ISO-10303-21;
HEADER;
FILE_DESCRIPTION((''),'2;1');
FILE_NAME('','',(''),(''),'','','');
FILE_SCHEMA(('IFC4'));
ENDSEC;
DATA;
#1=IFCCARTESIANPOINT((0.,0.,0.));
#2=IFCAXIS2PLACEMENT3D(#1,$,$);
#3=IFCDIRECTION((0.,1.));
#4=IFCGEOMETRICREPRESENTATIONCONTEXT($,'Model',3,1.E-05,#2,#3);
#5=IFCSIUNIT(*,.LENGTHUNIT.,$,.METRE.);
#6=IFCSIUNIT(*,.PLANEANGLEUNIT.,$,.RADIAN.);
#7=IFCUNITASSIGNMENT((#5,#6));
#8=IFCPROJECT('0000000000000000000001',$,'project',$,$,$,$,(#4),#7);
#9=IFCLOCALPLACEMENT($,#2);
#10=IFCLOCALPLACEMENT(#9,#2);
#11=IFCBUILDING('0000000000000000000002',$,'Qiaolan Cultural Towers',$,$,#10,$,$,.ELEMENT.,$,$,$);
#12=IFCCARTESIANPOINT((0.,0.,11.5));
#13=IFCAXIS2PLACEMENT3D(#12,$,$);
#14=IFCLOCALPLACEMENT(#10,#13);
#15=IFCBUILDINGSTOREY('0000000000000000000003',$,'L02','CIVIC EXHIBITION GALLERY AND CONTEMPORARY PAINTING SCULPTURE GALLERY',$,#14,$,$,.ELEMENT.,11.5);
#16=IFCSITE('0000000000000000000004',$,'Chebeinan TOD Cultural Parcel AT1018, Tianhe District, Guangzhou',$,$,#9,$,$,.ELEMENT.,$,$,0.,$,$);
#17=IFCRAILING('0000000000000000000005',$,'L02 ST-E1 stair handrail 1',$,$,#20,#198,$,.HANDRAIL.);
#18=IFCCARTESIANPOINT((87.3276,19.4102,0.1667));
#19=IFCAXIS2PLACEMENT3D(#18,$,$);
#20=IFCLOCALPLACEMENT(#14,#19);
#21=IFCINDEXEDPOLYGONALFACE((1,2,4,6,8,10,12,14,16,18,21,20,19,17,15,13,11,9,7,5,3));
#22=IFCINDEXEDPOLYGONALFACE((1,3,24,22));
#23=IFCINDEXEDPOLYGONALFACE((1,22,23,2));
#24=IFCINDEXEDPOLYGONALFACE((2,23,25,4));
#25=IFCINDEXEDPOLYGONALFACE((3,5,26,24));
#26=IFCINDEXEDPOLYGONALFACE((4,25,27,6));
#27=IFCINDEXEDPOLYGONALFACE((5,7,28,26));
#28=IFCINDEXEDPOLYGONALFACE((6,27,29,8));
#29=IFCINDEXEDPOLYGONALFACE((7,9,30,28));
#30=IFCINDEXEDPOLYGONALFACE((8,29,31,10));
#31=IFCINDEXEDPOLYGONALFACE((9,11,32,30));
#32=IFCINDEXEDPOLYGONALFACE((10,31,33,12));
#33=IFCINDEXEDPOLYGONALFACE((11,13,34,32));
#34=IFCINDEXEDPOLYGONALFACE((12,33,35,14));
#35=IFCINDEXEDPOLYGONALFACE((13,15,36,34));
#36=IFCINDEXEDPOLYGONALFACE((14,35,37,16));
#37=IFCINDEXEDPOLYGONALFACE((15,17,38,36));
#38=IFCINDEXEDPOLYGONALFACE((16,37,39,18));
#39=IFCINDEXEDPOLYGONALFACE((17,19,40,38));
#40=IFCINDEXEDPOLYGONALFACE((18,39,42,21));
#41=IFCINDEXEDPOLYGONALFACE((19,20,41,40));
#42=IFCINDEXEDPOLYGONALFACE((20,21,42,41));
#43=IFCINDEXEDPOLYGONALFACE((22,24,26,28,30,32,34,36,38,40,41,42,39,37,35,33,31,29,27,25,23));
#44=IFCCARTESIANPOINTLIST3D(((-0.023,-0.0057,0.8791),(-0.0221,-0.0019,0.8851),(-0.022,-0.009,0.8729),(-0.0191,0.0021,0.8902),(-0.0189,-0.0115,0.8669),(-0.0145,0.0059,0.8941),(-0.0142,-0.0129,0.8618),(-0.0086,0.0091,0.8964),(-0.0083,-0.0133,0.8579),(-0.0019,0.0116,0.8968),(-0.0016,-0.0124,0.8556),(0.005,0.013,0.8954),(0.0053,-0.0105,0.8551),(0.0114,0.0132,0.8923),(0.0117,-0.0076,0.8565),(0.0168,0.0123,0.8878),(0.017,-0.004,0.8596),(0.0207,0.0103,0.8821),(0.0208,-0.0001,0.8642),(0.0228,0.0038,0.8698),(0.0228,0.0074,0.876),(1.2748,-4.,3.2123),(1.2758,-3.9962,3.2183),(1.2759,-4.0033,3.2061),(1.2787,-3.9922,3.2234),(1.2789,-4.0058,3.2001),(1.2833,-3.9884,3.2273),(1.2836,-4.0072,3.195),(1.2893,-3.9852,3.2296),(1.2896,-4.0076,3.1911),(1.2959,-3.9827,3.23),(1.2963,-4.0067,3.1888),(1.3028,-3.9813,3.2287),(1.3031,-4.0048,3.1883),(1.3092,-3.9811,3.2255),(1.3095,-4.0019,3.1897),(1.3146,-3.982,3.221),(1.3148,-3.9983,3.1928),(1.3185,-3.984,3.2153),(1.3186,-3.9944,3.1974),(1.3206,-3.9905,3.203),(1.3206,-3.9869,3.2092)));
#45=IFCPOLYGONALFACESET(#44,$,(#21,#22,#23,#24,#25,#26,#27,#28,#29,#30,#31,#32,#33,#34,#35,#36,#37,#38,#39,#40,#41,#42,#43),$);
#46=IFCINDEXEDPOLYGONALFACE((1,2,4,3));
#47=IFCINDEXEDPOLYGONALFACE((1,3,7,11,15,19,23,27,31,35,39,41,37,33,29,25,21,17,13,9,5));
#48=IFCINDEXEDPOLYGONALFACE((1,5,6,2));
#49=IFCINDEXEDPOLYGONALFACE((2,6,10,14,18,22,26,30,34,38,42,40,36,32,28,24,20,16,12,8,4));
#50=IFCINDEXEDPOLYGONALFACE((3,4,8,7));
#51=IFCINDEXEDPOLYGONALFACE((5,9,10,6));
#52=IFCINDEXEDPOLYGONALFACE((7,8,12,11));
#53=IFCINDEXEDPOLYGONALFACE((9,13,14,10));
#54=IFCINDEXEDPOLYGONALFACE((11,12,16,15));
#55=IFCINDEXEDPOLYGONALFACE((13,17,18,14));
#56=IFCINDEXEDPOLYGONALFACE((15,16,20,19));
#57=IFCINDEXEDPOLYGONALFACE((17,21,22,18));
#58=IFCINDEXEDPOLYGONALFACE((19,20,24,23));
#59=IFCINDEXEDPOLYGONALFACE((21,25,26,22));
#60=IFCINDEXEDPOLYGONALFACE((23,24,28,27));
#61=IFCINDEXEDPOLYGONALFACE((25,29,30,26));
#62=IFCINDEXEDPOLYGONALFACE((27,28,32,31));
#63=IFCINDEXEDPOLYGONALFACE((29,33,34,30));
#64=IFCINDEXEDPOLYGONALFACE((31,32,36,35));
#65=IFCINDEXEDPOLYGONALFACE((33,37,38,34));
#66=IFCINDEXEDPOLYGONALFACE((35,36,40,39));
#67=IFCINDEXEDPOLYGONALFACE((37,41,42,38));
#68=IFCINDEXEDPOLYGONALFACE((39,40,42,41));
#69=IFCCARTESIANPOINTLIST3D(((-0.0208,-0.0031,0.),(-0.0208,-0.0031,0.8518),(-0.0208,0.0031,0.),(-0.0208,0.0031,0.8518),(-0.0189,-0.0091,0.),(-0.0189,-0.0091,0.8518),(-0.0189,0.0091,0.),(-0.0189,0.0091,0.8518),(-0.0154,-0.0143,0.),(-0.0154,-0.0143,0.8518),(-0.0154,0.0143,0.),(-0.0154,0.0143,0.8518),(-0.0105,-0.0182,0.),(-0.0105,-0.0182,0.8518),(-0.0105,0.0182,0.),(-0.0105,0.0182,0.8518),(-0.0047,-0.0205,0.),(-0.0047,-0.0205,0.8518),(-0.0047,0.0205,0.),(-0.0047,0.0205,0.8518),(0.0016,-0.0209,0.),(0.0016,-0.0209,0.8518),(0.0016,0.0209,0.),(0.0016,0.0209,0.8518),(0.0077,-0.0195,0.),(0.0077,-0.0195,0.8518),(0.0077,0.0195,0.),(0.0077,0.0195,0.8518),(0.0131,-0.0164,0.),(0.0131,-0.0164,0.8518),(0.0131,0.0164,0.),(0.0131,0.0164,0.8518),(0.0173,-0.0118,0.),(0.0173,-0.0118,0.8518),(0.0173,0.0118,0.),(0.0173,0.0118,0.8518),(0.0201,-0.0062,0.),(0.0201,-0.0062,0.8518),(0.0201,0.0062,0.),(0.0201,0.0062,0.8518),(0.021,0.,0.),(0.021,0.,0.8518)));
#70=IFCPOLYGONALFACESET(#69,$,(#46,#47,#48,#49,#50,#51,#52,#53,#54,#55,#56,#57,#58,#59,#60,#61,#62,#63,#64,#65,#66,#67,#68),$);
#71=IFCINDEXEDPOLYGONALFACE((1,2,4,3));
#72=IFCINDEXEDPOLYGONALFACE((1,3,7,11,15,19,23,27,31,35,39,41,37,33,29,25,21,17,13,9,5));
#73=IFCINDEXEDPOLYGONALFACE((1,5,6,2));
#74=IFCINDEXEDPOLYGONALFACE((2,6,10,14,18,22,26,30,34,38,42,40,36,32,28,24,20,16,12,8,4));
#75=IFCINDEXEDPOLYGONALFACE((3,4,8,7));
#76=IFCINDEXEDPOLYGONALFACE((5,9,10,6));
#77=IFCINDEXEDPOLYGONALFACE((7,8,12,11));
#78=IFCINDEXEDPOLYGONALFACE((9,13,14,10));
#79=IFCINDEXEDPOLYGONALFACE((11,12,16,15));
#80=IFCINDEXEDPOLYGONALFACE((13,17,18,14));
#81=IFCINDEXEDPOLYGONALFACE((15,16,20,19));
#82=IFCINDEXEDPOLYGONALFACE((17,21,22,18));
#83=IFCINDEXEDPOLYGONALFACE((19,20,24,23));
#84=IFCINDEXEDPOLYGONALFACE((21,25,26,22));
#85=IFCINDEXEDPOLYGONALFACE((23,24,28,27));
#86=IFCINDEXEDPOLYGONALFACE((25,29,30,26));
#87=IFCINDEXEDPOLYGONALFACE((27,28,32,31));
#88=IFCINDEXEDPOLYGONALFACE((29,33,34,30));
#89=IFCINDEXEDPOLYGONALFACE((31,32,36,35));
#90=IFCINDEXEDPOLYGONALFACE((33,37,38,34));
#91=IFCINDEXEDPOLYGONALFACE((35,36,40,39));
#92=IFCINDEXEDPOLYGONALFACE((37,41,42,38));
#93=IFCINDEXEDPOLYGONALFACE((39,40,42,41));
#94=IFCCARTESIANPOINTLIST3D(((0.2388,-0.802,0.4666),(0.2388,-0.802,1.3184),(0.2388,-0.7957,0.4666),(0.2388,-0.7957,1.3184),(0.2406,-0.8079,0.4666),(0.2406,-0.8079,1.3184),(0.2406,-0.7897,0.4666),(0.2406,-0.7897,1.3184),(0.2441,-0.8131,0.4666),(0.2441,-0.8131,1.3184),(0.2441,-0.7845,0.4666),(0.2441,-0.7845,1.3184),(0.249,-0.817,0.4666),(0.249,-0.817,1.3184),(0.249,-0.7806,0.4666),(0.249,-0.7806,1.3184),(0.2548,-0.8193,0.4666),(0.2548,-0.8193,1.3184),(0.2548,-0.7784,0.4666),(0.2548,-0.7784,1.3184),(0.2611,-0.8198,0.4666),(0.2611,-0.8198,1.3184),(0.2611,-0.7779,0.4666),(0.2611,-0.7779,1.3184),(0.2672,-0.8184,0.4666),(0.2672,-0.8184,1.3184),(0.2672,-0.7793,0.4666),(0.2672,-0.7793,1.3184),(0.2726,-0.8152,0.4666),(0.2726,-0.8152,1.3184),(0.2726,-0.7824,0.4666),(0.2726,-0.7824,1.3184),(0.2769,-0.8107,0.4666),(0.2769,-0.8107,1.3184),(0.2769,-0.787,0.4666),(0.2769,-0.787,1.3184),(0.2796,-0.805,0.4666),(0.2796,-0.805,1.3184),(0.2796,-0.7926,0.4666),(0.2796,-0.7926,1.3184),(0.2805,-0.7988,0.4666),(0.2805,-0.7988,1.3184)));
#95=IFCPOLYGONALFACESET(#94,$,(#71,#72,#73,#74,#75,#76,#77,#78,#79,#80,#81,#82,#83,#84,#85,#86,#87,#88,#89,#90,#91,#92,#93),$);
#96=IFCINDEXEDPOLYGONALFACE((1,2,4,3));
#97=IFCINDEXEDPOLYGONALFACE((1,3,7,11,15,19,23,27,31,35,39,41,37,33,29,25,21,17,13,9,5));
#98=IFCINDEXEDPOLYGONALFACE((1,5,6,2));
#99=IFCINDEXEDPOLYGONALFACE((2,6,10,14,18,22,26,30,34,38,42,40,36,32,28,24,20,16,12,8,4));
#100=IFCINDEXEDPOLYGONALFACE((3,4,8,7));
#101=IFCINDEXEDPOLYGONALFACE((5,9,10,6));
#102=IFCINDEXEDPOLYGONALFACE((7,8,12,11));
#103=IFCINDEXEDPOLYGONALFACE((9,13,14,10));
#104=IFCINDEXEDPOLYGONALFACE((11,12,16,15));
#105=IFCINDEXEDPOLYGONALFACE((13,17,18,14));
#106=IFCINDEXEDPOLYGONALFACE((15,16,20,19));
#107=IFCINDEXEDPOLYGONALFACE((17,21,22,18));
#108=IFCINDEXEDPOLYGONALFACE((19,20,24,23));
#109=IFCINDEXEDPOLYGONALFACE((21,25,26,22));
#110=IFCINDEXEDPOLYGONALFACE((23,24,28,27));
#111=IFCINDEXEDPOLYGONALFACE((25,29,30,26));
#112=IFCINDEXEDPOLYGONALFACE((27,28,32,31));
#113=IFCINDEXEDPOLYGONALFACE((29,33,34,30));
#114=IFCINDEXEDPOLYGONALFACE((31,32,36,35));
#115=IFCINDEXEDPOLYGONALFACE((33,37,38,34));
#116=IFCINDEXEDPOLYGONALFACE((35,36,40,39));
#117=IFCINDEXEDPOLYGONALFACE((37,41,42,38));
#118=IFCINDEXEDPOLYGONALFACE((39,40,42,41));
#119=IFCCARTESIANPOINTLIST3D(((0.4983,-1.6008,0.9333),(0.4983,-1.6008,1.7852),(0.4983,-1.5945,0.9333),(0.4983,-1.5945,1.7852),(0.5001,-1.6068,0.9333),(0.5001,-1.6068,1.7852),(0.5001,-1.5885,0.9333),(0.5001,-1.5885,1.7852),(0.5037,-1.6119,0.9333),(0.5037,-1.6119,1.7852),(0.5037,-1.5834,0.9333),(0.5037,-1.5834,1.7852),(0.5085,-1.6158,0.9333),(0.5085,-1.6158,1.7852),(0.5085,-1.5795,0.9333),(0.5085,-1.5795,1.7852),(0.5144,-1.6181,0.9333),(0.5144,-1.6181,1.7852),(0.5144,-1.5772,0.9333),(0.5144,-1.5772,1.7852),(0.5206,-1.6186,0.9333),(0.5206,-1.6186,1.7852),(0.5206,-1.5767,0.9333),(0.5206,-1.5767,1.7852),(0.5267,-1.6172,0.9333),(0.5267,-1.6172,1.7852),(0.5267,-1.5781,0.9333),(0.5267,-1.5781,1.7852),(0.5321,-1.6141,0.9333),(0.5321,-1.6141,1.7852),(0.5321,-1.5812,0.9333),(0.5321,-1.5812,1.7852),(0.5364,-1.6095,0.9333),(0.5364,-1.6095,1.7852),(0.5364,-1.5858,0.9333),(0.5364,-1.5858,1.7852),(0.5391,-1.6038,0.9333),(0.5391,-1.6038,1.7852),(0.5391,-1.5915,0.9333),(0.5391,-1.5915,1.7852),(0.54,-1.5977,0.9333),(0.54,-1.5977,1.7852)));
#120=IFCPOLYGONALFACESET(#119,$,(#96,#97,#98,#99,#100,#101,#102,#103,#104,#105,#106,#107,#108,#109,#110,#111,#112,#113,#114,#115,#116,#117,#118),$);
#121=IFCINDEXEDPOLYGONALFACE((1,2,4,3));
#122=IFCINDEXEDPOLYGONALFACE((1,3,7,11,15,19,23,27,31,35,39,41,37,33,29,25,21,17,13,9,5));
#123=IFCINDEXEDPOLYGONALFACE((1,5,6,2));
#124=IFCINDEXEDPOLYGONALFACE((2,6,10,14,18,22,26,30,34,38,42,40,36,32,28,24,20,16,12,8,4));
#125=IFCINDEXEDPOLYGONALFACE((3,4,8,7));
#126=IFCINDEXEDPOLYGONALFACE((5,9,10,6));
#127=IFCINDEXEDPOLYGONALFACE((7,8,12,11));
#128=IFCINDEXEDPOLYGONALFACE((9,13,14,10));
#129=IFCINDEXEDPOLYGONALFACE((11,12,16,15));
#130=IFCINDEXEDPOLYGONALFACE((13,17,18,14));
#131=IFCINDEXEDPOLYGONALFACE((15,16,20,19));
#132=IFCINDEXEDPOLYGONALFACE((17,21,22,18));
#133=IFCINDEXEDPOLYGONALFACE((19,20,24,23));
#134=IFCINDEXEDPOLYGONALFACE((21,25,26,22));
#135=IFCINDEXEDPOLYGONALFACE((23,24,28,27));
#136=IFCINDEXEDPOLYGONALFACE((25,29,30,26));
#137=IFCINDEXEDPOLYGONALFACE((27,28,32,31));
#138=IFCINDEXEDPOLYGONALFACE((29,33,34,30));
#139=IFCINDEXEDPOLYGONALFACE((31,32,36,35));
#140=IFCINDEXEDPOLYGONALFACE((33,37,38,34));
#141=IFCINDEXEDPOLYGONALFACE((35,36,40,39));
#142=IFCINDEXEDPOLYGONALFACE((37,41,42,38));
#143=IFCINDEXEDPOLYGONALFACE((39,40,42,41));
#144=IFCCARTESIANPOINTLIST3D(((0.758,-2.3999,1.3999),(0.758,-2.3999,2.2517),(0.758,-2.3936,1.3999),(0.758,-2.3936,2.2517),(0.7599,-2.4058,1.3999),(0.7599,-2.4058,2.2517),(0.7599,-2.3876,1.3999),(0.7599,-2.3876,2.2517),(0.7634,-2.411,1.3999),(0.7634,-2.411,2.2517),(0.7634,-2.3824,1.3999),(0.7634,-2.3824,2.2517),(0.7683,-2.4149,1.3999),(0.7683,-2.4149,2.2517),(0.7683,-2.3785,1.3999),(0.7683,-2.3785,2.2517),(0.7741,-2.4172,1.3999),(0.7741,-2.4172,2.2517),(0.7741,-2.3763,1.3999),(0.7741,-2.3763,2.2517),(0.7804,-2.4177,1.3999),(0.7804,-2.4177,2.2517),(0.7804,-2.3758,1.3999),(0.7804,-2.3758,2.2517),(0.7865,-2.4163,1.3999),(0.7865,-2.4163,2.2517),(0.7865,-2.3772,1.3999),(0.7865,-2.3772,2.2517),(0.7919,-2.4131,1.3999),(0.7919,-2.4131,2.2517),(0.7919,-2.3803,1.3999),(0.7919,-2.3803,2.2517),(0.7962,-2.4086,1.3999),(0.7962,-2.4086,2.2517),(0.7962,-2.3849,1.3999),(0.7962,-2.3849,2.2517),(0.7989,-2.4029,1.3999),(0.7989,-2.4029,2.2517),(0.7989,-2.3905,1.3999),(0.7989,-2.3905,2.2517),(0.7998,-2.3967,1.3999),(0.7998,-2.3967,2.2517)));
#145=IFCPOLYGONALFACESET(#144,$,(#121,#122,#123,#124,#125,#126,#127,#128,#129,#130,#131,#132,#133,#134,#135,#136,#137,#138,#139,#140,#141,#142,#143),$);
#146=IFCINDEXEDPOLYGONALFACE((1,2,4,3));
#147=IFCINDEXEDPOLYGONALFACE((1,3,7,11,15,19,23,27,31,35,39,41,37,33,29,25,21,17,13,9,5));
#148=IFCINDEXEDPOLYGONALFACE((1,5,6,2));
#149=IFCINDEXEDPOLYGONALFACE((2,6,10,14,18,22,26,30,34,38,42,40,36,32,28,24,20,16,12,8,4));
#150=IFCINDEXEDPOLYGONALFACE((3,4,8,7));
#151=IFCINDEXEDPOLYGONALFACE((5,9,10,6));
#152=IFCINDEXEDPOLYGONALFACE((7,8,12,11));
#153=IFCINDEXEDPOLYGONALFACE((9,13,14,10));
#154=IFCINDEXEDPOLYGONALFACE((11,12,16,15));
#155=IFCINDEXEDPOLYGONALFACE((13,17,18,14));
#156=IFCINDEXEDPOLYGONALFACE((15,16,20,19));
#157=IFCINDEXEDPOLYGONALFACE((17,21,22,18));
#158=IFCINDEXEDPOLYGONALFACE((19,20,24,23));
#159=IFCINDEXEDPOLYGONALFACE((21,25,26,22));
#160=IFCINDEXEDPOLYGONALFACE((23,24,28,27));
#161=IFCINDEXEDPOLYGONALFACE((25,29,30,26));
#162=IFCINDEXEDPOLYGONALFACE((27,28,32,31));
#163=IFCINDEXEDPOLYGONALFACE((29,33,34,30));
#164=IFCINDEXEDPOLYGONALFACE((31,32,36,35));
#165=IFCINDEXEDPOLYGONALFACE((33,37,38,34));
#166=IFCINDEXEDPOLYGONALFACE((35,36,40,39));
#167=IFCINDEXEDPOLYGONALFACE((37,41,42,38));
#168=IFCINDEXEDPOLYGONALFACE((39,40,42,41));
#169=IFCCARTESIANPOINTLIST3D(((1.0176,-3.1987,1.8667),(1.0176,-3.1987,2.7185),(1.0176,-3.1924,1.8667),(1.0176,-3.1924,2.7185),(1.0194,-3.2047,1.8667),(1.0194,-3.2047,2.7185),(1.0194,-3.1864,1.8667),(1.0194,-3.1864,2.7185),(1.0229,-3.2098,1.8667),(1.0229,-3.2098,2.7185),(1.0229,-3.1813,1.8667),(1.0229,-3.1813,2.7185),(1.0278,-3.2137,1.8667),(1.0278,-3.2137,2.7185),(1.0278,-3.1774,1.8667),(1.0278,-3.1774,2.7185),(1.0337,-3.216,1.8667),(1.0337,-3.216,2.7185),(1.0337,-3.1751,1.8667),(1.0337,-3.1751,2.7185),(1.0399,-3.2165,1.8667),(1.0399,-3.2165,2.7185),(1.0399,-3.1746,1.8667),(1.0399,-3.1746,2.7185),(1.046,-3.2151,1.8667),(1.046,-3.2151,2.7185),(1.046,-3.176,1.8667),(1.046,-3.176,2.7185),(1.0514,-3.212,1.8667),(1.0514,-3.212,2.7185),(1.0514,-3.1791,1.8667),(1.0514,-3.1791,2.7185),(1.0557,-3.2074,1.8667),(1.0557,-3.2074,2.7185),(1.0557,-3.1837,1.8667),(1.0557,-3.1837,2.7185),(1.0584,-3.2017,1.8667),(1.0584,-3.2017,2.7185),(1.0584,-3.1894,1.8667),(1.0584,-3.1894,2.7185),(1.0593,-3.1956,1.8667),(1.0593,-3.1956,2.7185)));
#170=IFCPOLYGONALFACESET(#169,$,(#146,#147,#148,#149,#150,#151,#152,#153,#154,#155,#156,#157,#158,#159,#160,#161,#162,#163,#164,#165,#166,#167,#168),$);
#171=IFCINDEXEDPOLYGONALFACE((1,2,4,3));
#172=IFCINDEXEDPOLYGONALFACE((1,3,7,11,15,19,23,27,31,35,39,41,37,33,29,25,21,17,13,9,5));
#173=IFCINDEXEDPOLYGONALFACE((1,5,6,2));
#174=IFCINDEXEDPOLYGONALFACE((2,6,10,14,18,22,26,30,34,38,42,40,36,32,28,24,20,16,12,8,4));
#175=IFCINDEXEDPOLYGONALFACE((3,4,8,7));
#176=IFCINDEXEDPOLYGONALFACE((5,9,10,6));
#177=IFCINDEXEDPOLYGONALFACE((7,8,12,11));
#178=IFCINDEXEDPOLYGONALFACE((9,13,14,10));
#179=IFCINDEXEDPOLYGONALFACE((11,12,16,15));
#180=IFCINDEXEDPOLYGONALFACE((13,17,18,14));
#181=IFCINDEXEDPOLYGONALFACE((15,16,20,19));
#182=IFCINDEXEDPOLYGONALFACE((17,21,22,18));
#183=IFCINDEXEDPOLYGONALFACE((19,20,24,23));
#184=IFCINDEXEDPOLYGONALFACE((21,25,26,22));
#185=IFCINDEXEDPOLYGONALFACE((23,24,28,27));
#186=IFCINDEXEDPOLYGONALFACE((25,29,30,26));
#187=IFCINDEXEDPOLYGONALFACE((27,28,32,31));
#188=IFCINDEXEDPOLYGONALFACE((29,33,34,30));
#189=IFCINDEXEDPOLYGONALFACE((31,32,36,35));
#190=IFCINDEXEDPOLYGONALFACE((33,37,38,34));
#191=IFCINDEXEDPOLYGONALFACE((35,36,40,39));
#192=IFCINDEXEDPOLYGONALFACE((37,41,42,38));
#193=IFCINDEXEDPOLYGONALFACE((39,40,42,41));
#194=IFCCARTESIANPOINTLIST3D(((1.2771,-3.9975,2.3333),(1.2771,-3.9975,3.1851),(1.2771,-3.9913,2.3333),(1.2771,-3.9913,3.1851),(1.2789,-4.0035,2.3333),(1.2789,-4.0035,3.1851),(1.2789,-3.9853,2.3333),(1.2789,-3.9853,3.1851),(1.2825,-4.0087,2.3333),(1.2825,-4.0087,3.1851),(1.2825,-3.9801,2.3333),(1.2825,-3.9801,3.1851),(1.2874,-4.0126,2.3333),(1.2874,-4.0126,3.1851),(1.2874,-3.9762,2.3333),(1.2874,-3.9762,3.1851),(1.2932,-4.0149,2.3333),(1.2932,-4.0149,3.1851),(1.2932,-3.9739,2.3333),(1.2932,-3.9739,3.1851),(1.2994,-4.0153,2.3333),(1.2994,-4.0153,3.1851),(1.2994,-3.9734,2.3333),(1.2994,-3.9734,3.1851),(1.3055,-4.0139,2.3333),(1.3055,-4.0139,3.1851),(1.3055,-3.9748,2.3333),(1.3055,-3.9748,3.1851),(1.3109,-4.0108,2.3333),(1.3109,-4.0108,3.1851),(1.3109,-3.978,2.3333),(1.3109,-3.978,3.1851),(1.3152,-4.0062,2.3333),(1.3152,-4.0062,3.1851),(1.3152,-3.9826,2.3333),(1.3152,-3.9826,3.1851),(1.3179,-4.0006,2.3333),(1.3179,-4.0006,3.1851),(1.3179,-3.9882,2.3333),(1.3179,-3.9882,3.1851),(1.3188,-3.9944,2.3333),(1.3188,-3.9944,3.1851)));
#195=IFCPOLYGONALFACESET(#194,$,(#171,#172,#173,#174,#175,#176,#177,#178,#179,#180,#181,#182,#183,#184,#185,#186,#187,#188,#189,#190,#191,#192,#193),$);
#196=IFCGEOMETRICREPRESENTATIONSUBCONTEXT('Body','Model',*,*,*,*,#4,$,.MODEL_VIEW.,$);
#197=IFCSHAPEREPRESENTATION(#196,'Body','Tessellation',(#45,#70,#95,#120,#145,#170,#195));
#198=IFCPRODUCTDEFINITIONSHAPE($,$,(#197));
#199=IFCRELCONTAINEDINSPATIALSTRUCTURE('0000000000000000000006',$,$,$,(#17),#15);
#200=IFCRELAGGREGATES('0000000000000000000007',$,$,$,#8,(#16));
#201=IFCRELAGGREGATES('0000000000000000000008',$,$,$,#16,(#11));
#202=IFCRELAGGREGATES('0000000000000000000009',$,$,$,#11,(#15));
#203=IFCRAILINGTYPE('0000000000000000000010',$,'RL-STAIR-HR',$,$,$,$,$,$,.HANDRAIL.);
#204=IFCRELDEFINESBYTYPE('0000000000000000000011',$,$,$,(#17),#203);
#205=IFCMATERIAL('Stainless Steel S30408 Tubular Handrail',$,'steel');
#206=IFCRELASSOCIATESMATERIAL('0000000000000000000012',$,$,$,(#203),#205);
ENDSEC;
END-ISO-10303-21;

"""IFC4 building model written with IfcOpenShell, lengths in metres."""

from ifc_helpers import new_model, si_unit, direction, frame, origin, origin_2d, place, context, subcontext, project, spatial, circle, extrude, material, type_object, element, save


model = new_model("IFC4")

# Units and contexts
model_context = context("Model", 3, precision=1e-05, world=origin(), true_north=direction((0.0, 1.0)))
body_context = subcontext(model_context, "Body", "Model", "MODEL_VIEW")
ifc_project = project(units=[si_unit("LENGTHUNIT", "METRE"), si_unit("PLANEANGLEUNIT", "RADIAN")], contexts=[model_context])

# Site, building, storey
site_placement = place(None, origin())
site = spatial("IfcSite", under=ifc_project, at=site_placement, Name="Chebeinan TOD Cultural Parcel AT1018, Tianhe District, Guangzhou", CompositionType="ELEMENT", RefElevation=0.0)
building_placement = place(site_placement, origin())
building = spatial("IfcBuilding", under=site, at=building_placement, Name="Qiaolan Cultural Towers", CompositionType="ELEMENT")
storey_placement = place(building_placement, frame((0.0, 0.0, 11.5)))
storey = spatial("IfcBuildingStorey", under=building, at=storey_placement, Name="L02", Description="CIVIC EXHIBITION GALLERY AND CONTEMPORARY PAINTING SCULPTURE GALLERY", CompositionType="ELEMENT", Elevation=11.5)

# Railing
ifc_material_1 = material(Name="Stainless Steel S30408 Tubular Handrail", Category="steel")
railing_type_1 = type_object("IfcRailingType", Name="RL-STAIR-HR", PredefinedType="HANDRAIL", material=ifc_material_1)
railing_1_placement = place(storey_placement, frame((87.3276, 19.4102, 0.1667)))
element("IfcRailing", 1, at=railing_1_placement, inside=storey, type_object=railing_type_1, Name="L02 ST-E1 stair handrail 1", PredefinedType="HANDRAIL", context=body_context, shape_type="SweptSolid", body=[
    extrude(circle(Radius=0.0239, at=origin_2d()), frame((0.0, 0.0, 0.876), z_axis=(0.27013, -0.831377, 0.485635), x_axis=(0.951057, 0.309016, 0.0)), (0.0, 0.0, 1.0), 4.8044),
    extrude(circle(Radius=0.021, at=origin_2d()), origin(), (0.0, 0.0, 1.0), 0.8518),
    extrude(circle(Radius=0.021, at=origin_2d()), frame((0.2595, -0.7988, 0.4666)), (0.0, 0.0, 1.0), 0.8518),
    extrude(circle(Radius=0.021, at=origin_2d()), frame((0.519, -1.5977, 0.9333)), (0.0, 0.0, 1.0), 0.8518),
    extrude(circle(Radius=0.021, at=origin_2d()), frame((0.7788, -2.3967, 1.3999)), (0.0, 0.0, 1.0), 0.8518),
    extrude(circle(Radius=0.021, at=origin_2d()), frame((1.0383, -3.1956, 1.8667)), (0.0, 0.0, 1.0), 0.8518),
    extrude(circle(Radius=0.021, at=origin_2d()), frame((1.2979, -3.9944, 2.3333)), (0.0, 0.0, 1.0), 0.8518),
])

save(model, "model.ifc")
